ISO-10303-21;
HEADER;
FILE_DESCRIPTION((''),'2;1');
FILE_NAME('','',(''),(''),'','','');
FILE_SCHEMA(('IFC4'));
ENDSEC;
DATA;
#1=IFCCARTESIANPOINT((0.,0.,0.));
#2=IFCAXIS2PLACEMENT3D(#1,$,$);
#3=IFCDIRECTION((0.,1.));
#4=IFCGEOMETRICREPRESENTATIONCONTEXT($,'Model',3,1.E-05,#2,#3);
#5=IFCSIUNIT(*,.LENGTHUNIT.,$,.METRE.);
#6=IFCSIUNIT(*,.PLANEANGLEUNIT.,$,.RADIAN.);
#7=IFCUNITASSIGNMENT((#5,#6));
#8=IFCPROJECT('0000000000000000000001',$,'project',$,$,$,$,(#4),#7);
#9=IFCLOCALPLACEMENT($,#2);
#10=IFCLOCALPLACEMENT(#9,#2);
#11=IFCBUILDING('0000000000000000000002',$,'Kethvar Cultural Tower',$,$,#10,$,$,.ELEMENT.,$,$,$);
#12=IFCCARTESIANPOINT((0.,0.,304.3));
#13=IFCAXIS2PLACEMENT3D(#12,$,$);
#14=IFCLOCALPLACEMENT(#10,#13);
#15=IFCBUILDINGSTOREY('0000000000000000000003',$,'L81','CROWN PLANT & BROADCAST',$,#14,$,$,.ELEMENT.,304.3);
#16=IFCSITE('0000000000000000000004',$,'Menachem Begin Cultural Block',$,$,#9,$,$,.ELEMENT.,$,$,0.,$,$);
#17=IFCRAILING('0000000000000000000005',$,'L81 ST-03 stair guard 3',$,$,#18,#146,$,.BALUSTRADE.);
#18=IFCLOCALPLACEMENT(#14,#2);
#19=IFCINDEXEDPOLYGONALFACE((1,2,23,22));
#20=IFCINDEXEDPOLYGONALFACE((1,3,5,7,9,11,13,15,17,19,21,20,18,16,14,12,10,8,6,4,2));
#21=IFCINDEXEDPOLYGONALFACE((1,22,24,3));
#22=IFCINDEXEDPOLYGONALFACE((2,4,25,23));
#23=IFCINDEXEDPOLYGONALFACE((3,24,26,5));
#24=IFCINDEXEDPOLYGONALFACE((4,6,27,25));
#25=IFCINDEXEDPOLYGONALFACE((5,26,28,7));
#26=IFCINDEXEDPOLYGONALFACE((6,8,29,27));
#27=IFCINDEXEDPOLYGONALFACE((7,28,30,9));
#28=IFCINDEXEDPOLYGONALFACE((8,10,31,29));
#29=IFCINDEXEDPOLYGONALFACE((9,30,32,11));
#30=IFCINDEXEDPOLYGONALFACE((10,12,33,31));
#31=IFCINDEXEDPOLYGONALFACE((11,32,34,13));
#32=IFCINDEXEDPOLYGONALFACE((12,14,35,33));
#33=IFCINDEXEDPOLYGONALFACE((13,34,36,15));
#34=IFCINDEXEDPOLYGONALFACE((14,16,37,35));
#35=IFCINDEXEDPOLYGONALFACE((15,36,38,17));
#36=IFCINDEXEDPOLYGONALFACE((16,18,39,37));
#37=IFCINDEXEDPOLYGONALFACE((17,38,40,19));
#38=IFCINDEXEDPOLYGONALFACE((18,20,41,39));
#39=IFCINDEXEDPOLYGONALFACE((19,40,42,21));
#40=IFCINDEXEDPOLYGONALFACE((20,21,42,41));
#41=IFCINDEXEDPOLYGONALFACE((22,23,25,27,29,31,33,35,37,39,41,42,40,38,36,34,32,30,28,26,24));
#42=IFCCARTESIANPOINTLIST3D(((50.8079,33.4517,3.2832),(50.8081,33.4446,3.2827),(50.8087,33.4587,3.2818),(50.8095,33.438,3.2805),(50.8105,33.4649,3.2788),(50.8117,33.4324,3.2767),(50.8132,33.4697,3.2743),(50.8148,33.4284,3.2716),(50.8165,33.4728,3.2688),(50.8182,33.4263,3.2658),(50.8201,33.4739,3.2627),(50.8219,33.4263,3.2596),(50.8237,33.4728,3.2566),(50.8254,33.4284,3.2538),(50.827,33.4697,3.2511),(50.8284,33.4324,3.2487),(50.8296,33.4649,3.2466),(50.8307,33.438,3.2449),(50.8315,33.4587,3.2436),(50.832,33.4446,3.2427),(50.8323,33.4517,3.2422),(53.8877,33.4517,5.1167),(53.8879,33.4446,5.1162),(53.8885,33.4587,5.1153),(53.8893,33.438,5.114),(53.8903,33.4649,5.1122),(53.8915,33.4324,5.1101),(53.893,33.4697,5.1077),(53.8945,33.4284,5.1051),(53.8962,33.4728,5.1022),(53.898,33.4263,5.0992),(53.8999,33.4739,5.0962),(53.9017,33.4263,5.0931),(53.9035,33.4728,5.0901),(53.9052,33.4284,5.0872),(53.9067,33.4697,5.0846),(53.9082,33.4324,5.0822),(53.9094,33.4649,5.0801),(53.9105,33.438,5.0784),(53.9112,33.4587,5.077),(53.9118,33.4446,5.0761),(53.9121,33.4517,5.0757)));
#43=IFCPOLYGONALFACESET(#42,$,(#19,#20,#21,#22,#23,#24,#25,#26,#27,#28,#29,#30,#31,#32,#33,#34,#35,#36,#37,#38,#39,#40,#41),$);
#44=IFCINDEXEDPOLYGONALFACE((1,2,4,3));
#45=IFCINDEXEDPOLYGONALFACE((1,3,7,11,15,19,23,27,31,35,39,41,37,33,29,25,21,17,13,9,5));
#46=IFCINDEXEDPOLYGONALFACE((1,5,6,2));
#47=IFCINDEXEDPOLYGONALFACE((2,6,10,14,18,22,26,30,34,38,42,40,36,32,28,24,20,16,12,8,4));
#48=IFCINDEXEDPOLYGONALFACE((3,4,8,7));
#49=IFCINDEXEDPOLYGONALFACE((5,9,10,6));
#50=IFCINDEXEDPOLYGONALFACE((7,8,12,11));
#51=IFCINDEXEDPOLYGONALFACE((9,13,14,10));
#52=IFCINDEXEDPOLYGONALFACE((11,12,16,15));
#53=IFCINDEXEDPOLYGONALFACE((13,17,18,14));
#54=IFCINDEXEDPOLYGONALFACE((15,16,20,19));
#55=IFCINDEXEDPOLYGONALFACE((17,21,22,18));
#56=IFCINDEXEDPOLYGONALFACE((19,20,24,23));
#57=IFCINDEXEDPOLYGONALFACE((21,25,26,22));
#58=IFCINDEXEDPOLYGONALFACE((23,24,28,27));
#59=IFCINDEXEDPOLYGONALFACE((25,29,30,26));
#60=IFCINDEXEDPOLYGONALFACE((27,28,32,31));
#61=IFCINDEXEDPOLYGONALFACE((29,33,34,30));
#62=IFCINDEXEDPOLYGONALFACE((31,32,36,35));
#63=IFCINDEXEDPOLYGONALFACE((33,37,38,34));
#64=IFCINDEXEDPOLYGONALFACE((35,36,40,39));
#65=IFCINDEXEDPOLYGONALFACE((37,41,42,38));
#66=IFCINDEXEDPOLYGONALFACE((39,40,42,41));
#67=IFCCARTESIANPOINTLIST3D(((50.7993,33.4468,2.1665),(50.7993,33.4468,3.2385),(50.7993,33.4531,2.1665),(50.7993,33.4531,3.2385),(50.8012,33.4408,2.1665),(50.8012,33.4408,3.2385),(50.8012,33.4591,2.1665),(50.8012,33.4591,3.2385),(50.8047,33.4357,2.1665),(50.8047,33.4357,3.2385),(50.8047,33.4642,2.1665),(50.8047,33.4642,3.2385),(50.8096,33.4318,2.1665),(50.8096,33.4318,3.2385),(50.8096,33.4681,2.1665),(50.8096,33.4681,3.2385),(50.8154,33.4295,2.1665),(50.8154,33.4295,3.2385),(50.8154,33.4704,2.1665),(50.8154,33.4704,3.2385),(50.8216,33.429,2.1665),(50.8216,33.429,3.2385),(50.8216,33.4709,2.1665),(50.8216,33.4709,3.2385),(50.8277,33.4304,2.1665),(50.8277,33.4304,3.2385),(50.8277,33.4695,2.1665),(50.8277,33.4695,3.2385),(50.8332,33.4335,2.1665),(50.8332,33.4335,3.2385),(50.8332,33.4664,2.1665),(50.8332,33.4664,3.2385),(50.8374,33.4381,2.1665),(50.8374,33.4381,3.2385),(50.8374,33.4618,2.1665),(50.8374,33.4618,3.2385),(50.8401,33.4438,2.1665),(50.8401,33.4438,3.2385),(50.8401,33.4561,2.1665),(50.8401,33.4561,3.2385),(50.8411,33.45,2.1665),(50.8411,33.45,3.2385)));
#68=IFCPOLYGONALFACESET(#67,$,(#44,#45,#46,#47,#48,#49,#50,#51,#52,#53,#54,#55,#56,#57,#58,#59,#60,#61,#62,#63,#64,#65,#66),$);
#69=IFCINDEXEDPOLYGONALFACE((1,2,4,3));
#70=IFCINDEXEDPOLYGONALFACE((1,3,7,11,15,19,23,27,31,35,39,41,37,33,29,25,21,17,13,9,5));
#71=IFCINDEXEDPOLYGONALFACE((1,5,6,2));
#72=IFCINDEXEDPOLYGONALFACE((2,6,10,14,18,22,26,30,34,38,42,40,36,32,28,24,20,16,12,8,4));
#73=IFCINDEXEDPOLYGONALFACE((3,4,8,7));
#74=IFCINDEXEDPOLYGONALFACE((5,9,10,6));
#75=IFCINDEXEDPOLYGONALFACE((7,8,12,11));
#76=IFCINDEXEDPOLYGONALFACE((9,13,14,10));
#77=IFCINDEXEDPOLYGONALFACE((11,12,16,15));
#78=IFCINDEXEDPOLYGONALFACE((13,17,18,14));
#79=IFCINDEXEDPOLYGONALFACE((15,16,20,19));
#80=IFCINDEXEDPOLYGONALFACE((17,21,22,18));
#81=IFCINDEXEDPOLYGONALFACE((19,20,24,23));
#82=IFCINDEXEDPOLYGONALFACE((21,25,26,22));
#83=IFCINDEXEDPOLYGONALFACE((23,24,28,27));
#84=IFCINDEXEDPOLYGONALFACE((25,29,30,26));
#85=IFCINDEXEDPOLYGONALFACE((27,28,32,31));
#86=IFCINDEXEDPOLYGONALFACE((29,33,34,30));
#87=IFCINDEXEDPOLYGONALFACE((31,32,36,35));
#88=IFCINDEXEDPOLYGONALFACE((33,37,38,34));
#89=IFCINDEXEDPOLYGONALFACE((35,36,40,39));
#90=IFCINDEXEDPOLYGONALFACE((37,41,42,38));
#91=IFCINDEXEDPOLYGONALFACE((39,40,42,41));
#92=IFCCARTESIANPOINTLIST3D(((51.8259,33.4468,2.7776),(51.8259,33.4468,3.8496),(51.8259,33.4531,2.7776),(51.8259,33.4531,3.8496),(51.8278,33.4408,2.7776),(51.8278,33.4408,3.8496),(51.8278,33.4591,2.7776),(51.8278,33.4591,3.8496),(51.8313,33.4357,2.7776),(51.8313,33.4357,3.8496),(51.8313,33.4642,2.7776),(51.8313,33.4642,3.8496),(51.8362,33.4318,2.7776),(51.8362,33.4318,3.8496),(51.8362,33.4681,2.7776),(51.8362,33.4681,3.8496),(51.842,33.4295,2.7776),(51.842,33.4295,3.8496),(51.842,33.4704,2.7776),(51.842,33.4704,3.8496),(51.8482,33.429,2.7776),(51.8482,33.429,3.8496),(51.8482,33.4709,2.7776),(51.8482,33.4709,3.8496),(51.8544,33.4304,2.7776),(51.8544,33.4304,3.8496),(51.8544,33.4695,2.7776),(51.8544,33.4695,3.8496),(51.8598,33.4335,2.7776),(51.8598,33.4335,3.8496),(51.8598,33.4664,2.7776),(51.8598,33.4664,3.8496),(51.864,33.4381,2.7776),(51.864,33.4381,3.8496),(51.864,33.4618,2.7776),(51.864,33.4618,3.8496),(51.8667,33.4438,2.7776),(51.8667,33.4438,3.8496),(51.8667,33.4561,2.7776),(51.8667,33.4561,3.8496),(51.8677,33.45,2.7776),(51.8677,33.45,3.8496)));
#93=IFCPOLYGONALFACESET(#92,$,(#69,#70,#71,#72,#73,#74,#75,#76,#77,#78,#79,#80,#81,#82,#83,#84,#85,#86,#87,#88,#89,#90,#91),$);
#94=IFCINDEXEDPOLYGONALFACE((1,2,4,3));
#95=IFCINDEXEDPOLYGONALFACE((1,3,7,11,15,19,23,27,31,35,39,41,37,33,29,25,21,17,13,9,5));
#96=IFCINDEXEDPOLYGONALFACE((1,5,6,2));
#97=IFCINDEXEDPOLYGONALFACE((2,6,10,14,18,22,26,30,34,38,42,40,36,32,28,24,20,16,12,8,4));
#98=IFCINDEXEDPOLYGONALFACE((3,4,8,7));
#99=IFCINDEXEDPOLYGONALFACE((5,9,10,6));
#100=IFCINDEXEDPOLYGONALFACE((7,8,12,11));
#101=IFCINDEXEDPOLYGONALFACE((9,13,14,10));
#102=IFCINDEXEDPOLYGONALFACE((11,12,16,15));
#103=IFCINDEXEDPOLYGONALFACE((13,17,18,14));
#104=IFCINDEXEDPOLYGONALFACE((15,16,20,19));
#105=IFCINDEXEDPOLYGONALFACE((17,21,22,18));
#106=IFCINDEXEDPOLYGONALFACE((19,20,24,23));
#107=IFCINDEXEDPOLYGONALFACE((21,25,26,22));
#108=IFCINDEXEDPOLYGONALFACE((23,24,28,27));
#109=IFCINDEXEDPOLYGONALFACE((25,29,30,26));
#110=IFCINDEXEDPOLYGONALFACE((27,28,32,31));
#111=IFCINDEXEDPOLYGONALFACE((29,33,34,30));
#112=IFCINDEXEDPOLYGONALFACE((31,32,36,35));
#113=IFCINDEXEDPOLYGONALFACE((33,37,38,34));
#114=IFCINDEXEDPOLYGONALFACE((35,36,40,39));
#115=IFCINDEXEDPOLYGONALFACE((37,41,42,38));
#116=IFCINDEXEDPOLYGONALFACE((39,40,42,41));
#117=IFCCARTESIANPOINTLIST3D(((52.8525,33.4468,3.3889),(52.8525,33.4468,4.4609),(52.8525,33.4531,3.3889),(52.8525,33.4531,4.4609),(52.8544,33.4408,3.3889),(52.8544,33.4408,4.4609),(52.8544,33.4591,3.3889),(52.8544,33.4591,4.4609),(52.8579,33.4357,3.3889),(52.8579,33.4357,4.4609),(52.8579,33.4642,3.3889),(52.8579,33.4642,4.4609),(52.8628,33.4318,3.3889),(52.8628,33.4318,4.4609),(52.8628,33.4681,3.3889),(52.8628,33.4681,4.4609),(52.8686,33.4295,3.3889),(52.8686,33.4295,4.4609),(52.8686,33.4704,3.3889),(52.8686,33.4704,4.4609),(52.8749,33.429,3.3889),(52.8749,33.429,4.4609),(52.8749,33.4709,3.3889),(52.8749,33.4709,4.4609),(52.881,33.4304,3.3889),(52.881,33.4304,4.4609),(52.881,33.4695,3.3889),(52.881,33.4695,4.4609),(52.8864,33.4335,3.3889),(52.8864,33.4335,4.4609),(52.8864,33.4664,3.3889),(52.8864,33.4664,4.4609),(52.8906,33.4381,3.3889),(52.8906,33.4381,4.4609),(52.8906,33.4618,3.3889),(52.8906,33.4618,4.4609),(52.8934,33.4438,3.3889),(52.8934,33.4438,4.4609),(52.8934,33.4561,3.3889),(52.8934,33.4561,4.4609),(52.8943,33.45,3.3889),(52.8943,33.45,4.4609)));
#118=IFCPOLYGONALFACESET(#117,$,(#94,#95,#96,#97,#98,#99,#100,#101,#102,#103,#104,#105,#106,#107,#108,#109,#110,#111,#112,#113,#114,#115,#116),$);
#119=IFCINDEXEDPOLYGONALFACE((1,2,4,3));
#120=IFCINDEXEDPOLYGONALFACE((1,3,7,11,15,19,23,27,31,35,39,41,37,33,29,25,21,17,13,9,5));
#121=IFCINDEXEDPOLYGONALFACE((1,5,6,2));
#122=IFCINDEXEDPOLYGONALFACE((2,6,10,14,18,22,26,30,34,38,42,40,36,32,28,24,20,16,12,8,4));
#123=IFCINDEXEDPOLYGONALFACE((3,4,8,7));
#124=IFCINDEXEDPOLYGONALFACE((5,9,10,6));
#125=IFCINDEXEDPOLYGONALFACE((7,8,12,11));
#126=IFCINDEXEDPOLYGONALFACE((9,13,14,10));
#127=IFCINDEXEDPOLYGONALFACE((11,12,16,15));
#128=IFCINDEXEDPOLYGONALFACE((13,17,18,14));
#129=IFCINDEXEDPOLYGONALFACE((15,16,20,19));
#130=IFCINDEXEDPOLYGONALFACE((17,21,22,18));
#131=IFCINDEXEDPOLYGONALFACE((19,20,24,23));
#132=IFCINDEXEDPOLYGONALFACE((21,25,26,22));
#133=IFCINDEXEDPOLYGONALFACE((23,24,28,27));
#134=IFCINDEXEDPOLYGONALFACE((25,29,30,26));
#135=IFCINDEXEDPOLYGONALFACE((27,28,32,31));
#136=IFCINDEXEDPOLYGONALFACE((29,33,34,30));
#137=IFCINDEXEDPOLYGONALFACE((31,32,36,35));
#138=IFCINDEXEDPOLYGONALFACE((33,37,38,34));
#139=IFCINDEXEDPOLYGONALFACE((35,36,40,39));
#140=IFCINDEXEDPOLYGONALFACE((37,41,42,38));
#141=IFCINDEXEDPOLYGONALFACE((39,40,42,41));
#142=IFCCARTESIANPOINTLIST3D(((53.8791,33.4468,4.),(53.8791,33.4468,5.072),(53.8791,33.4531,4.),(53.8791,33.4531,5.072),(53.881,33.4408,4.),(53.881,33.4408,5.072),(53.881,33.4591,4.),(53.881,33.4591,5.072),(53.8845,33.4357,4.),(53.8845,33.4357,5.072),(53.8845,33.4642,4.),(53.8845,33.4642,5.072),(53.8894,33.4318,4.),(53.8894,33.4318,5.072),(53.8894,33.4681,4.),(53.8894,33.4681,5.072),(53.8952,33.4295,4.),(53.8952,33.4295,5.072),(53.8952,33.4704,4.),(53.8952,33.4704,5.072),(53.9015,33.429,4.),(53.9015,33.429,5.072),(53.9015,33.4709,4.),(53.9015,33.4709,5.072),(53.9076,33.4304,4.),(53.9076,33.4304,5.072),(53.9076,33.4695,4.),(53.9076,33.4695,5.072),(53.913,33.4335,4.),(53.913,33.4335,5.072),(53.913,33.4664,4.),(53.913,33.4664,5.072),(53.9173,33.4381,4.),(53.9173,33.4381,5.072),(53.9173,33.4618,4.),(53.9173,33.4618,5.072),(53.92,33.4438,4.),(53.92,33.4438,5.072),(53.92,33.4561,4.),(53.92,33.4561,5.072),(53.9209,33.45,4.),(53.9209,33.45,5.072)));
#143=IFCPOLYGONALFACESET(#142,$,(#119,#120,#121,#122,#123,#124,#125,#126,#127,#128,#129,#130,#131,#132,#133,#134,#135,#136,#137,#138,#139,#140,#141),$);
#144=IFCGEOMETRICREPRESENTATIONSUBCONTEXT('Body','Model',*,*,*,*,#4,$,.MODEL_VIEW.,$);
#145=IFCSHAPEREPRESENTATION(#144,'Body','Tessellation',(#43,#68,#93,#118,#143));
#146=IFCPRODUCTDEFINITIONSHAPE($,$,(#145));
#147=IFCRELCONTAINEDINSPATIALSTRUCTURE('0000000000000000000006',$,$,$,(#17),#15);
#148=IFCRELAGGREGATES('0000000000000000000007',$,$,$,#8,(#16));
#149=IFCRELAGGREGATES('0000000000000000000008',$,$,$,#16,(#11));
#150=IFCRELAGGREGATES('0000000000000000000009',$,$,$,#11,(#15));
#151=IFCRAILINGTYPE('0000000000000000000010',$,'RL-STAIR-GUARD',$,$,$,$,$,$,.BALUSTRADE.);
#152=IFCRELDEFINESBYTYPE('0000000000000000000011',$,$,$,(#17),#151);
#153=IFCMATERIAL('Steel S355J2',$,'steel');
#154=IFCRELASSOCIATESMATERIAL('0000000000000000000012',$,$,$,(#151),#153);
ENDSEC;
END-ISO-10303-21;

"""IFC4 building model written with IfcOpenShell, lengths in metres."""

from ifc_helpers import new_model, si_unit, direction, frame, origin, origin_2d, place, context, subcontext, project, spatial, circle, extrude, material, type_object, element, save


model = new_model("IFC4")

# Units and contexts
model_context = context("Model", 3, precision=1e-05, world=origin(), true_north=direction((0.0, 1.0)))
body_context = subcontext(model_context, "Body", "Model", "MODEL_VIEW")
ifc_project = project(units=[si_unit("LENGTHUNIT", "METRE"), si_unit("PLANEANGLEUNIT", "RADIAN")], contexts=[model_context])

# Site, building, storey
site_placement = place(None, origin())
site = spatial("IfcSite", under=ifc_project, at=site_placement, Name="Menachem Begin Cultural Block", CompositionType="ELEMENT", RefElevation=0.0)
building_placement = place(site_placement, origin())
building = spatial("IfcBuilding", under=site, at=building_placement, Name="Kethvar Cultural Tower", CompositionType="ELEMENT")
storey_placement = place(building_placement, frame((0.0, 0.0, 304.3)))
storey = spatial("IfcBuildingStorey", under=building, at=storey_placement, Name="L81", Description="CROWN PLANT & BROADCAST", CompositionType="ELEMENT", Elevation=304.3)

# Shared definitions
ifc_material_1 = material(Name="Steel S355J2", Category="steel")

# Railing
railing_type_1 = type_object("IfcRailingType", Name="RL-STAIR-GUARD", PredefinedType="BALUSTRADE", material=ifc_material_1)
railing_1_placement = place(storey_placement, frame((50.8201, 33.45, 2.1665)))
element("IfcRailing", 1, at=railing_1_placement, inside=storey, type_object=railing_type_1, Name="L81 ST-03 stair guard 3", PredefinedType="BALUSTRADE", context=body_context, shape_type="SweptSolid", body=[
    extrude(circle(Radius=0.0239, at=origin_2d()), frame((0.0, 0.0, 1.0962), z_axis=(0.859261, 0.0, 0.511538), x_axis=(0.0, 1.0, 0.0)), (0.0, 0.0, 1.0), 3.5842),
    extrude(circle(Radius=0.021, at=origin_2d()), origin(), (0.0, 0.0, 1.0), 1.072),
    extrude(circle(Radius=0.021, at=origin_2d()), frame((1.0266, 0.0, 0.6111)), (0.0, 0.0, 1.0), 1.072),
    extrude(circle(Radius=0.021, at=origin_2d()), frame((2.0532, 0.0, 1.2224)), (0.0, 0.0, 1.0), 1.072),
    extrude(circle(Radius=0.021, at=origin_2d()), frame((3.0798, 0.0, 1.8335)), (0.0, 0.0, 1.0), 1.072),
])

save(model, "model.ifc")
